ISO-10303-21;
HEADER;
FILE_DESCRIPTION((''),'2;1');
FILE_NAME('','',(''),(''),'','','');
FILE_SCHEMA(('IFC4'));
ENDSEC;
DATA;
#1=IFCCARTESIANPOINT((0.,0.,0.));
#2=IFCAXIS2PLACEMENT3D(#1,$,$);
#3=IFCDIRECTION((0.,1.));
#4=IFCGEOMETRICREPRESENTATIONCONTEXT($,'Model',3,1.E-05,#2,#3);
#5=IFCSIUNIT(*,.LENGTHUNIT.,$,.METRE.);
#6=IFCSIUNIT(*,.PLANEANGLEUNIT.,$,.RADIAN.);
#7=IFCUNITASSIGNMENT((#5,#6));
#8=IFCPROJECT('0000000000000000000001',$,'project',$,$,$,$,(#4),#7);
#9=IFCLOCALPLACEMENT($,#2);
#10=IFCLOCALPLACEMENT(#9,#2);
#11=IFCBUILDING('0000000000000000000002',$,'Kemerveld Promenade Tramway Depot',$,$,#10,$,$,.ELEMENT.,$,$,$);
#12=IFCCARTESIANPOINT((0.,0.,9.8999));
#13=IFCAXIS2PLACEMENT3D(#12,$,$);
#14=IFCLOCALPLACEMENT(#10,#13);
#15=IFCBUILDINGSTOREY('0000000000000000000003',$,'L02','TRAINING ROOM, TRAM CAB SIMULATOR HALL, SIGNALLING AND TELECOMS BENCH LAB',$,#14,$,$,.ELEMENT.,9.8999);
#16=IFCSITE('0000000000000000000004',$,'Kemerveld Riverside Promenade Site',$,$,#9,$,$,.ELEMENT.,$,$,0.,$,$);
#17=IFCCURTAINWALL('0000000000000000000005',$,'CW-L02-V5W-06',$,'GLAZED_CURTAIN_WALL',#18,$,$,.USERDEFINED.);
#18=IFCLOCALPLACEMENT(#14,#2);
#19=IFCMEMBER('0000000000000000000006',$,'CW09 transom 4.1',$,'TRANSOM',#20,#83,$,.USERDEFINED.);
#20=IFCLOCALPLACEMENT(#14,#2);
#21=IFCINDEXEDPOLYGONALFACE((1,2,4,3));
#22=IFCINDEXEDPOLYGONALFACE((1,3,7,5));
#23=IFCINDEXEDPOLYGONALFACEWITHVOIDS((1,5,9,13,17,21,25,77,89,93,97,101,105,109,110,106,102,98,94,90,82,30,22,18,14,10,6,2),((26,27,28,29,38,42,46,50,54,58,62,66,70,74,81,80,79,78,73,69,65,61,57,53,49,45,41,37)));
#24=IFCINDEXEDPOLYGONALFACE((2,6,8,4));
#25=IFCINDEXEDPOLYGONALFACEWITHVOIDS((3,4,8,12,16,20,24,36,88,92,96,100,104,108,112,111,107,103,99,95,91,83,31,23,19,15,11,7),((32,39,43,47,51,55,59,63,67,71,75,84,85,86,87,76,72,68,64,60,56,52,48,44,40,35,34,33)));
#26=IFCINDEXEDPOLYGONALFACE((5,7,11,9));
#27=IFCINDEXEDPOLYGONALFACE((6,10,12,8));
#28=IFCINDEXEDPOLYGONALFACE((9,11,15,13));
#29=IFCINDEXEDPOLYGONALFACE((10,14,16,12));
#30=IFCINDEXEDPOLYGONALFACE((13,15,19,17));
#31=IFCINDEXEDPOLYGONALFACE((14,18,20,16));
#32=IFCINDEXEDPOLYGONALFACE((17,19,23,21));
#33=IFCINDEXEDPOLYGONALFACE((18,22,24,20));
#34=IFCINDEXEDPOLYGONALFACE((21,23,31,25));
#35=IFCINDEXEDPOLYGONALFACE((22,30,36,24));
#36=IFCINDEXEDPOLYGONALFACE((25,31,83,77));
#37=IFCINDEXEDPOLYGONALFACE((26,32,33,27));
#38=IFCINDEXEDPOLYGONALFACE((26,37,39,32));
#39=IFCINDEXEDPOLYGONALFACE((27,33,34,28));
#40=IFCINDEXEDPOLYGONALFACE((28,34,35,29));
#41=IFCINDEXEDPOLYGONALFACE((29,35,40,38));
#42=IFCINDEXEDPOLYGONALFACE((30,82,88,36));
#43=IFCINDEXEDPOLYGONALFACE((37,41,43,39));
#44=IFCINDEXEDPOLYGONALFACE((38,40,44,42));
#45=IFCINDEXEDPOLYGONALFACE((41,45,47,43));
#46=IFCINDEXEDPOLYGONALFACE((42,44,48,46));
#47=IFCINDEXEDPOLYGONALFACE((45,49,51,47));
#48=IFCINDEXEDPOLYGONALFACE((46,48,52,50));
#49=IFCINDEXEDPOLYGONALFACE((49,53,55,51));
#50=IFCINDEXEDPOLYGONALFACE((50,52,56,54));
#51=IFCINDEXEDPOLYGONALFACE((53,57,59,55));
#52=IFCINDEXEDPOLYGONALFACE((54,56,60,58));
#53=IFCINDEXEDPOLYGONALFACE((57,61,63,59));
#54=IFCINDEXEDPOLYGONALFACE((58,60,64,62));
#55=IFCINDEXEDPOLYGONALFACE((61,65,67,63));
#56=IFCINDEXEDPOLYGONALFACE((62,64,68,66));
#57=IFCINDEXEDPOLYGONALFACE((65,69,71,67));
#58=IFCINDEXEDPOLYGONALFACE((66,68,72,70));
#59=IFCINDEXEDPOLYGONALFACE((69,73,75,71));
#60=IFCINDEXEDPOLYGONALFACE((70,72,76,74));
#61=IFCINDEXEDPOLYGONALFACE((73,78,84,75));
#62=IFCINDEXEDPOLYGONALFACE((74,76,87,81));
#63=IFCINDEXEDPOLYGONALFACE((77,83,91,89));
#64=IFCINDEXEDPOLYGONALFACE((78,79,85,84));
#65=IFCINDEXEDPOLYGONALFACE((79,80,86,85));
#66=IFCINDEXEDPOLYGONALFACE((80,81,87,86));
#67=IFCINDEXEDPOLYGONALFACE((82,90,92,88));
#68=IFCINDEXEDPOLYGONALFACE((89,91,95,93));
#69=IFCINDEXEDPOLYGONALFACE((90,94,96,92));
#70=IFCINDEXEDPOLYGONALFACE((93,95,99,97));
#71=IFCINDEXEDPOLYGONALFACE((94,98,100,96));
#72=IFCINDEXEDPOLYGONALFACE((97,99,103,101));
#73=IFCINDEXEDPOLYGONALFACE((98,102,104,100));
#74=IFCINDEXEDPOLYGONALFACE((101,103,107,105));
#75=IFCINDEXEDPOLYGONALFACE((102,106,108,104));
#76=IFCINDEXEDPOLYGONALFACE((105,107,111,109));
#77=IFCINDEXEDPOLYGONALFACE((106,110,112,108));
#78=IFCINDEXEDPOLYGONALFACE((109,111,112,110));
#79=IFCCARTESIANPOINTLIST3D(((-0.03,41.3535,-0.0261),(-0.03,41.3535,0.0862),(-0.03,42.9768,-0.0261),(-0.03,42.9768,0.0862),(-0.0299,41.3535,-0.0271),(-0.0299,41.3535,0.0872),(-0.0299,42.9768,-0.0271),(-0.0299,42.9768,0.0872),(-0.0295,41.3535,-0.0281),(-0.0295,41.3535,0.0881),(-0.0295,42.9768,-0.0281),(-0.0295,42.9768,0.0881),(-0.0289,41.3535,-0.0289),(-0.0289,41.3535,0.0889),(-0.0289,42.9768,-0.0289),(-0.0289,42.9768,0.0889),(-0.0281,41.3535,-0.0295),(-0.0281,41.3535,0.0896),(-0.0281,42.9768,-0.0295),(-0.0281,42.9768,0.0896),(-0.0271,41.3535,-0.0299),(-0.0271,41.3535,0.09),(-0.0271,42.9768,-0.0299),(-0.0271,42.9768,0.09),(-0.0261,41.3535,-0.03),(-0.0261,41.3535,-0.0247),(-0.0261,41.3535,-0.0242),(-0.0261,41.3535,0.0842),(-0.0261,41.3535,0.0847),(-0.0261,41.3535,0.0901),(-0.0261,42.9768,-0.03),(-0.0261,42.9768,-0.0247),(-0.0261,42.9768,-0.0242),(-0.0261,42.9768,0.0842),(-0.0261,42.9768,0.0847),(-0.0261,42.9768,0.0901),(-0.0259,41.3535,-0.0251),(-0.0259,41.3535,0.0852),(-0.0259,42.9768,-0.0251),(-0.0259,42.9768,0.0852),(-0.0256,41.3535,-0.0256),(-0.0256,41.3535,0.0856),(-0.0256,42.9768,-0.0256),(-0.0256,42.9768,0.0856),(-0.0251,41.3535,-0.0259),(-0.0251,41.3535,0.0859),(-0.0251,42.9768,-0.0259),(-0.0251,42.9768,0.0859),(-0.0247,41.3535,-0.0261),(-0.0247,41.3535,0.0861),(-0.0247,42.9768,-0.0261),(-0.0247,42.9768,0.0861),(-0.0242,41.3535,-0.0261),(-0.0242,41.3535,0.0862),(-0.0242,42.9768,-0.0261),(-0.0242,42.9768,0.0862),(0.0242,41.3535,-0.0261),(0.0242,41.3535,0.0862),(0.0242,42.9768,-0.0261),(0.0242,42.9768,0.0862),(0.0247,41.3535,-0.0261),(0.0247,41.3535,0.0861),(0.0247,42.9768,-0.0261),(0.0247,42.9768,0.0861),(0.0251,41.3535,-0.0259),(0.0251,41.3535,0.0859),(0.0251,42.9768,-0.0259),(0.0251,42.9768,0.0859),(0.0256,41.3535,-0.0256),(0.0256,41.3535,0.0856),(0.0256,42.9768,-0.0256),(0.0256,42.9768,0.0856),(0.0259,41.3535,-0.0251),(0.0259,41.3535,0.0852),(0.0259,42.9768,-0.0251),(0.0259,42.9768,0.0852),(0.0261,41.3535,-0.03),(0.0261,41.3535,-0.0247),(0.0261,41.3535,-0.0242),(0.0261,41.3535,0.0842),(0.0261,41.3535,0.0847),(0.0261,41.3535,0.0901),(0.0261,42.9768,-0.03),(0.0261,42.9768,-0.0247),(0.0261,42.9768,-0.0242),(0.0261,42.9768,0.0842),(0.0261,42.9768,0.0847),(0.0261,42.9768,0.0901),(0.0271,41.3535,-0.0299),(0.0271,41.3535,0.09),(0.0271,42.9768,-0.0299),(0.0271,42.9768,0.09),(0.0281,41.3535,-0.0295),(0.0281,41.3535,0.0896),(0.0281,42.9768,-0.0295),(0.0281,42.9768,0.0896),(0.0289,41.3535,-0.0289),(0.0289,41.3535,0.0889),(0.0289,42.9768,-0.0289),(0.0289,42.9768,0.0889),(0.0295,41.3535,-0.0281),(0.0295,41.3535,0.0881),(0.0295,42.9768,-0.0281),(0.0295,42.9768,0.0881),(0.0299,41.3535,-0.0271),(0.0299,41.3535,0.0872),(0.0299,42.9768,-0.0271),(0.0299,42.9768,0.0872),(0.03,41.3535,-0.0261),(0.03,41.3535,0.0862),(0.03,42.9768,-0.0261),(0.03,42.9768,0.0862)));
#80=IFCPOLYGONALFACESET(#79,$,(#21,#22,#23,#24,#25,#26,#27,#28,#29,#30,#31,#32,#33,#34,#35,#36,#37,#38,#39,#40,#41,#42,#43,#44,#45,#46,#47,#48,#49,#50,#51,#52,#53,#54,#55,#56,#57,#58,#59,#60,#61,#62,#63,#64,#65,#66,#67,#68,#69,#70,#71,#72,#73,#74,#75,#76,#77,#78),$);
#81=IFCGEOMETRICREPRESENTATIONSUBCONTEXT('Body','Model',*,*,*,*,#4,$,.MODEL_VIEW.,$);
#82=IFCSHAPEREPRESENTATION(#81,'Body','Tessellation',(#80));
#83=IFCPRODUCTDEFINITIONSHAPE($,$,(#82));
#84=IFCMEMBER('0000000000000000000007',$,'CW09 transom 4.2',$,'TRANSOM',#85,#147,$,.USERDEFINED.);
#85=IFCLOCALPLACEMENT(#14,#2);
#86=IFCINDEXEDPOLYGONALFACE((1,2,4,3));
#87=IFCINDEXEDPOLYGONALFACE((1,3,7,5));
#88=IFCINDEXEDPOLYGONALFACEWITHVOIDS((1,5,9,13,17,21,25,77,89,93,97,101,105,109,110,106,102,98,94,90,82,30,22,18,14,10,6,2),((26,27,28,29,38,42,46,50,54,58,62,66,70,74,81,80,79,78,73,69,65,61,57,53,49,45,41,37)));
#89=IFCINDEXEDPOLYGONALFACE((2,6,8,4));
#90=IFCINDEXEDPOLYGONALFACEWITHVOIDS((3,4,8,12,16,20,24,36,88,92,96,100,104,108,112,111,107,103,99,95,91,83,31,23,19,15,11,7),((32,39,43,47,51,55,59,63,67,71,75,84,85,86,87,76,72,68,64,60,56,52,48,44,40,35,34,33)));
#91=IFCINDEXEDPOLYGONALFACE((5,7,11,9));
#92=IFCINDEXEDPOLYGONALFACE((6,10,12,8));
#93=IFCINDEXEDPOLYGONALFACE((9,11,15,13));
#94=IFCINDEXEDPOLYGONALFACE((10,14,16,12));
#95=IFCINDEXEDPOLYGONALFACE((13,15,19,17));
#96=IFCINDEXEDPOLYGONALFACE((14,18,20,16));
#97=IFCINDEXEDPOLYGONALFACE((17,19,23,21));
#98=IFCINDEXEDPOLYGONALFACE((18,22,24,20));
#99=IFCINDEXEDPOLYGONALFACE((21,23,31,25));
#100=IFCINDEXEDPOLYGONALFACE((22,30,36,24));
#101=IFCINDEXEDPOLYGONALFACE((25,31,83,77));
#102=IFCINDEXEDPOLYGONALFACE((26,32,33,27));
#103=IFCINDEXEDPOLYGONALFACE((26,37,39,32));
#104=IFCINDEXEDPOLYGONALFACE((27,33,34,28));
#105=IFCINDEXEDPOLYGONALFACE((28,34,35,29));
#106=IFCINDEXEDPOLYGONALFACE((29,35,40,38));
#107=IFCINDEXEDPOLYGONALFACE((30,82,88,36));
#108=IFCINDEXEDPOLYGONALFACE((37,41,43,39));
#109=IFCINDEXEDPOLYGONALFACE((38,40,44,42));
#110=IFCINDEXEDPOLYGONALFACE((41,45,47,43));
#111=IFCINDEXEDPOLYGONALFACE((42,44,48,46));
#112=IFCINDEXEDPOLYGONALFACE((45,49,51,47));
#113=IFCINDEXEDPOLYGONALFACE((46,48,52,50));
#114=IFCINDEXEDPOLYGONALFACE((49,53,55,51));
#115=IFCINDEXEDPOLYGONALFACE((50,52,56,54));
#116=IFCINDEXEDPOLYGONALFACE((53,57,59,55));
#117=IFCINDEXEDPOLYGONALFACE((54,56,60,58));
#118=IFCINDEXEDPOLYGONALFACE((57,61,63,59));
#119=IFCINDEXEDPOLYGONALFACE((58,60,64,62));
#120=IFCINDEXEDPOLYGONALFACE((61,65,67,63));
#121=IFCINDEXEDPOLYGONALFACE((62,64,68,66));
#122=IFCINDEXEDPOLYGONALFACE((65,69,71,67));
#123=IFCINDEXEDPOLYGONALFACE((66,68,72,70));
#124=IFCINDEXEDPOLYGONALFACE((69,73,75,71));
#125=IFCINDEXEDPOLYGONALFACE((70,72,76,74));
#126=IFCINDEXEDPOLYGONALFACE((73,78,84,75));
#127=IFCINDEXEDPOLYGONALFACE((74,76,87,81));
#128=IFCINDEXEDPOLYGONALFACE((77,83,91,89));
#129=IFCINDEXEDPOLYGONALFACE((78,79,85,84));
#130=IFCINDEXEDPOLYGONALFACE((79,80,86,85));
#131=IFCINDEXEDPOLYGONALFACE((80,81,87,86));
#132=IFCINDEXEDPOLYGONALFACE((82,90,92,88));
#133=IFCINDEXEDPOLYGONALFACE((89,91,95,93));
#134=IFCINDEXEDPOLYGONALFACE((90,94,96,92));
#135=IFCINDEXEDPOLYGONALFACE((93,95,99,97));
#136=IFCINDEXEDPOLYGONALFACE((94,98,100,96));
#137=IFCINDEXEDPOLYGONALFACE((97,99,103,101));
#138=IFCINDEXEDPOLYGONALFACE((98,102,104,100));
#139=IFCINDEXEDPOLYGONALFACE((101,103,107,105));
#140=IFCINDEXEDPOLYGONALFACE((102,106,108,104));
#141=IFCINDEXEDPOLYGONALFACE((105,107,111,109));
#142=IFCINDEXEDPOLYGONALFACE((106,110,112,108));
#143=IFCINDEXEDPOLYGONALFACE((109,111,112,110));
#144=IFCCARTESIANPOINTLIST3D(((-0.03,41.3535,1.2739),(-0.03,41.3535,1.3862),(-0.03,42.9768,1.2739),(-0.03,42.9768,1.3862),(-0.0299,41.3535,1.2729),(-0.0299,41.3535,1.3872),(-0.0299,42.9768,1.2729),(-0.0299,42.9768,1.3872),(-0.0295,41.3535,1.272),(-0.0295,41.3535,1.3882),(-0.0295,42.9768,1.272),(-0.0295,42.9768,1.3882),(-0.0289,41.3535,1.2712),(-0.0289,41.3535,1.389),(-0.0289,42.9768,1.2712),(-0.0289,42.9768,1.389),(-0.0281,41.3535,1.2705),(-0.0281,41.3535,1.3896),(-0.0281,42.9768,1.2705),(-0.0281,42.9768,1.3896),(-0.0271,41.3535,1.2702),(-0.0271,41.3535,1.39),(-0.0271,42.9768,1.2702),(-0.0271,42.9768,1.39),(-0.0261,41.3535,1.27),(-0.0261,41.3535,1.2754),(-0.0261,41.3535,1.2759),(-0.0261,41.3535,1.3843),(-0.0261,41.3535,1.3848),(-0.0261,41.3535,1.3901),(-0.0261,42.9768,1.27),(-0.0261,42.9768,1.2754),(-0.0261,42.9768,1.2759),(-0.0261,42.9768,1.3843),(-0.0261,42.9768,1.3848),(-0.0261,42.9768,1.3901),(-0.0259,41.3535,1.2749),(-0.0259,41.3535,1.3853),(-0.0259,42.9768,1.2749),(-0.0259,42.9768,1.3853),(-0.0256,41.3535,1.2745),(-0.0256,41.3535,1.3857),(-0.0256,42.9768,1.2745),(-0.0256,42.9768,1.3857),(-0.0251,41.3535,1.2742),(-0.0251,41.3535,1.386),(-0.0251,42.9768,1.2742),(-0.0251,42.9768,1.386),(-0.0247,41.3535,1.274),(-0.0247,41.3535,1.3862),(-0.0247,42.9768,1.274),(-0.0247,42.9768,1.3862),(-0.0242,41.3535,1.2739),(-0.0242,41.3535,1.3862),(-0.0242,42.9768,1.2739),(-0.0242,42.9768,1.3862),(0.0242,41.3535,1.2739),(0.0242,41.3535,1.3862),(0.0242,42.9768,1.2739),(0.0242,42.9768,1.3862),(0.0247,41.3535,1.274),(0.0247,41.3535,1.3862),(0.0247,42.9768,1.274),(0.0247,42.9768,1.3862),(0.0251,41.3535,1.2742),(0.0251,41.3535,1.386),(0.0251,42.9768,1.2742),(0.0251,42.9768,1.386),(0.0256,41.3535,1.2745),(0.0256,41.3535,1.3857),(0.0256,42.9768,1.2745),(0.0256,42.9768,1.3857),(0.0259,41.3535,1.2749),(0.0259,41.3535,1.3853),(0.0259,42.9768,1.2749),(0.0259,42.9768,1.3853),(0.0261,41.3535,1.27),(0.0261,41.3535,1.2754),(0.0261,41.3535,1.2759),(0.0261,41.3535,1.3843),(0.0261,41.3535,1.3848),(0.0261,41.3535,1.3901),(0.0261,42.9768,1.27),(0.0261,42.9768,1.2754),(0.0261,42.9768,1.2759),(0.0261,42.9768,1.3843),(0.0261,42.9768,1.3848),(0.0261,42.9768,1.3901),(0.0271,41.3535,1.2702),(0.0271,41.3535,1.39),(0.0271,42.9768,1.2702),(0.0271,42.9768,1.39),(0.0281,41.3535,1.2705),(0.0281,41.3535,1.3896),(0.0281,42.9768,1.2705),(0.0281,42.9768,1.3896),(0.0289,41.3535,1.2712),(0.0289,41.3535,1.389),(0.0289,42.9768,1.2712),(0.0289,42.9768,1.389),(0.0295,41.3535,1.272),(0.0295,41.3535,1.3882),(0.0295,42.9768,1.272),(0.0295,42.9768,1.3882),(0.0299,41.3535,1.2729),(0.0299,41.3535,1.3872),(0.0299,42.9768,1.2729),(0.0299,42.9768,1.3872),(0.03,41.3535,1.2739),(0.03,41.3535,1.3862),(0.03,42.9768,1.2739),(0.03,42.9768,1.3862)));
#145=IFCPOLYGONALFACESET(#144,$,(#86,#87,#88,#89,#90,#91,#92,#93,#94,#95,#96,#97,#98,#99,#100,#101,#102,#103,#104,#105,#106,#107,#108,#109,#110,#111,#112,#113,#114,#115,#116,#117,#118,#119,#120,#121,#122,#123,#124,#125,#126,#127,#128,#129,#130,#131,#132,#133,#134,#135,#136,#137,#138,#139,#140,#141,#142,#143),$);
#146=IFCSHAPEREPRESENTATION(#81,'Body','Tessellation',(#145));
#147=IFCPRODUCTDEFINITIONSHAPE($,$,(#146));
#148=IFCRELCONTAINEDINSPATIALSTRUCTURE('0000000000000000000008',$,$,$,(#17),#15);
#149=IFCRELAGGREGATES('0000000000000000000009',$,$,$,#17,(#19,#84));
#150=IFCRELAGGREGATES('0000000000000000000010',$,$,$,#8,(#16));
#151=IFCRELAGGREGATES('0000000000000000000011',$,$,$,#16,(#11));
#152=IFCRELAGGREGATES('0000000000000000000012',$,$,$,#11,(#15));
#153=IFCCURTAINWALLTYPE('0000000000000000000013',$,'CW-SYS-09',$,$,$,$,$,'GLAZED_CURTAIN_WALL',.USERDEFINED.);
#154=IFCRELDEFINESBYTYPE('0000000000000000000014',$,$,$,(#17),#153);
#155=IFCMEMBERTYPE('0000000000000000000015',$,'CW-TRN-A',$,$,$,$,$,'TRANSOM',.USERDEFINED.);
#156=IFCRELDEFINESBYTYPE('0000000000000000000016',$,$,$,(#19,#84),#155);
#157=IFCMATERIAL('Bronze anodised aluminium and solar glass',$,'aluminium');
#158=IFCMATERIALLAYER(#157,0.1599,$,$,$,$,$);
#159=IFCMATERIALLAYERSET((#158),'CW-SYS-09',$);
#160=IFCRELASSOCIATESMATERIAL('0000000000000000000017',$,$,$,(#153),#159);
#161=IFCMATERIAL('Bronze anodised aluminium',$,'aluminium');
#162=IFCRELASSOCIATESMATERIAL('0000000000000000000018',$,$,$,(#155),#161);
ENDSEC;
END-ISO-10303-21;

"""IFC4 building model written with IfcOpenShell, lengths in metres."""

from ifc_helpers import new_model, si_unit, direction, frame, origin, origin_2d, place, context, subcontext, project, spatial, hollow_rectangle, extrude, material, layer, layer_set, material_profile, profile_set, type_object, element, aggregate, save


model = new_model("IFC4")

# Units and contexts
model_context = context("Model", 3, precision=1e-05, world=origin(), true_north=direction((0.0, 1.0)))
body_context = subcontext(model_context, "Body", "Model", "MODEL_VIEW")
ifc_project = project(units=[si_unit("LENGTHUNIT", "METRE"), si_unit("PLANEANGLEUNIT", "RADIAN")], contexts=[model_context])

# Site, building, storey
site_placement = place(None, origin())
site = spatial("IfcSite", under=ifc_project, at=site_placement, Name="Kemerveld Riverside Promenade Site", CompositionType="ELEMENT", RefElevation=0.0)
building_placement = place(site_placement, origin())
building = spatial("IfcBuilding", under=site, at=building_placement, Name="Kemerveld Promenade Tramway Depot", CompositionType="ELEMENT")
storey_placement = place(building_placement, frame((0.0, 0.0, 9.8999)))
storey = spatial("IfcBuildingStorey", under=building, at=storey_placement, Name="L02", Description="TRAINING ROOM, TRAM CAB SIMULATOR HALL, SIGNALLING AND TELECOMS BENCH LAB", CompositionType="ELEMENT", Elevation=9.8999)

# Curtain wall, members
ifc_material_1 = material(Name="Bronze anodised aluminium and solar glass", Category="aluminium")
ifc_layer_1 = layer(ifc_material_1, 0.1599)
ifc_layer_set_1 = layer_set([ifc_layer_1], Name="CW-SYS-09")
curtain_wall_type = type_object("IfcCurtainWallType", Name="CW-SYS-09", ElementType="GLAZED_CURTAIN_WALL", PredefinedType="USERDEFINED", material=ifc_layer_set_1)
curtain_wall_placement = place(storey_placement, origin())
curtain_wall = element("IfcCurtainWall", 1, at=curtain_wall_placement, inside=storey, type_object=curtain_wall_type, Name="CW-L02-V5W-06", ObjectType="GLAZED_CURTAIN_WALL", PredefinedType="USERDEFINED")
ifc_material_2 = material(Name="Bronze anodised aluminium", Category="aluminium")
ifc_material_profile_1 = material_profile(ifc_material_2, hollow_rectangle(XDim=0.0601, YDim=0.1201, WallThickness=0.0039, InnerFilletRadius=0.002, OuterFilletRadius=0.0039, at=origin_2d()), Name="CW-TRN-120x60")
ifc_profile_set_1 = profile_set([ifc_material_profile_1], Name="Bronze anodised aluminium")
member_type_1 = type_object("IfcMemberType", Name="CW-TRN-A", ElementType="TRANSOM", PredefinedType="USERDEFINED", material=ifc_profile_set_1)
member_1_placement = place(storey_placement, frame((0.0, 41.3535, 0.03), z_axis=(0.0, 1.0, 0.0), x_axis=(-1.0, 0.0, 0.0)))
member_1 = element("IfcMember", 2, at=member_1_placement, type_object=member_type_1, Name="CW09 transom 4.1", ObjectType="TRANSOM", PredefinedType="USERDEFINED", context=body_context, shape_type="SweptSolid", body=[
    extrude(hollow_rectangle(XDim=0.0601, YDim=0.1201, WallThickness=0.0039, InnerFilletRadius=0.002, OuterFilletRadius=0.0039, at=origin_2d()), origin(), (0.0, 0.0, 1.0), 1.6233),
])
member_2_placement = place(storey_placement, frame((0.0, 41.3535, 1.3301), z_axis=(0.0, 1.0, 0.0), x_axis=(-1.0, 0.0, 0.0)))
member_2 = element("IfcMember", 3, at=member_2_placement, type_object=member_type_1, Name="CW09 transom 4.2", ObjectType="TRANSOM", PredefinedType="USERDEFINED", context=body_context, shape_type="SweptSolid", body=[
    extrude(hollow_rectangle(XDim=0.0601, YDim=0.1201, WallThickness=0.0039, InnerFilletRadius=0.002, OuterFilletRadius=0.0039, at=origin_2d()), origin(), (0.0, 0.0, 1.0), 1.6233),
])
aggregate(curtain_wall, [member_1, member_2])

save(model, "model.ifc")
